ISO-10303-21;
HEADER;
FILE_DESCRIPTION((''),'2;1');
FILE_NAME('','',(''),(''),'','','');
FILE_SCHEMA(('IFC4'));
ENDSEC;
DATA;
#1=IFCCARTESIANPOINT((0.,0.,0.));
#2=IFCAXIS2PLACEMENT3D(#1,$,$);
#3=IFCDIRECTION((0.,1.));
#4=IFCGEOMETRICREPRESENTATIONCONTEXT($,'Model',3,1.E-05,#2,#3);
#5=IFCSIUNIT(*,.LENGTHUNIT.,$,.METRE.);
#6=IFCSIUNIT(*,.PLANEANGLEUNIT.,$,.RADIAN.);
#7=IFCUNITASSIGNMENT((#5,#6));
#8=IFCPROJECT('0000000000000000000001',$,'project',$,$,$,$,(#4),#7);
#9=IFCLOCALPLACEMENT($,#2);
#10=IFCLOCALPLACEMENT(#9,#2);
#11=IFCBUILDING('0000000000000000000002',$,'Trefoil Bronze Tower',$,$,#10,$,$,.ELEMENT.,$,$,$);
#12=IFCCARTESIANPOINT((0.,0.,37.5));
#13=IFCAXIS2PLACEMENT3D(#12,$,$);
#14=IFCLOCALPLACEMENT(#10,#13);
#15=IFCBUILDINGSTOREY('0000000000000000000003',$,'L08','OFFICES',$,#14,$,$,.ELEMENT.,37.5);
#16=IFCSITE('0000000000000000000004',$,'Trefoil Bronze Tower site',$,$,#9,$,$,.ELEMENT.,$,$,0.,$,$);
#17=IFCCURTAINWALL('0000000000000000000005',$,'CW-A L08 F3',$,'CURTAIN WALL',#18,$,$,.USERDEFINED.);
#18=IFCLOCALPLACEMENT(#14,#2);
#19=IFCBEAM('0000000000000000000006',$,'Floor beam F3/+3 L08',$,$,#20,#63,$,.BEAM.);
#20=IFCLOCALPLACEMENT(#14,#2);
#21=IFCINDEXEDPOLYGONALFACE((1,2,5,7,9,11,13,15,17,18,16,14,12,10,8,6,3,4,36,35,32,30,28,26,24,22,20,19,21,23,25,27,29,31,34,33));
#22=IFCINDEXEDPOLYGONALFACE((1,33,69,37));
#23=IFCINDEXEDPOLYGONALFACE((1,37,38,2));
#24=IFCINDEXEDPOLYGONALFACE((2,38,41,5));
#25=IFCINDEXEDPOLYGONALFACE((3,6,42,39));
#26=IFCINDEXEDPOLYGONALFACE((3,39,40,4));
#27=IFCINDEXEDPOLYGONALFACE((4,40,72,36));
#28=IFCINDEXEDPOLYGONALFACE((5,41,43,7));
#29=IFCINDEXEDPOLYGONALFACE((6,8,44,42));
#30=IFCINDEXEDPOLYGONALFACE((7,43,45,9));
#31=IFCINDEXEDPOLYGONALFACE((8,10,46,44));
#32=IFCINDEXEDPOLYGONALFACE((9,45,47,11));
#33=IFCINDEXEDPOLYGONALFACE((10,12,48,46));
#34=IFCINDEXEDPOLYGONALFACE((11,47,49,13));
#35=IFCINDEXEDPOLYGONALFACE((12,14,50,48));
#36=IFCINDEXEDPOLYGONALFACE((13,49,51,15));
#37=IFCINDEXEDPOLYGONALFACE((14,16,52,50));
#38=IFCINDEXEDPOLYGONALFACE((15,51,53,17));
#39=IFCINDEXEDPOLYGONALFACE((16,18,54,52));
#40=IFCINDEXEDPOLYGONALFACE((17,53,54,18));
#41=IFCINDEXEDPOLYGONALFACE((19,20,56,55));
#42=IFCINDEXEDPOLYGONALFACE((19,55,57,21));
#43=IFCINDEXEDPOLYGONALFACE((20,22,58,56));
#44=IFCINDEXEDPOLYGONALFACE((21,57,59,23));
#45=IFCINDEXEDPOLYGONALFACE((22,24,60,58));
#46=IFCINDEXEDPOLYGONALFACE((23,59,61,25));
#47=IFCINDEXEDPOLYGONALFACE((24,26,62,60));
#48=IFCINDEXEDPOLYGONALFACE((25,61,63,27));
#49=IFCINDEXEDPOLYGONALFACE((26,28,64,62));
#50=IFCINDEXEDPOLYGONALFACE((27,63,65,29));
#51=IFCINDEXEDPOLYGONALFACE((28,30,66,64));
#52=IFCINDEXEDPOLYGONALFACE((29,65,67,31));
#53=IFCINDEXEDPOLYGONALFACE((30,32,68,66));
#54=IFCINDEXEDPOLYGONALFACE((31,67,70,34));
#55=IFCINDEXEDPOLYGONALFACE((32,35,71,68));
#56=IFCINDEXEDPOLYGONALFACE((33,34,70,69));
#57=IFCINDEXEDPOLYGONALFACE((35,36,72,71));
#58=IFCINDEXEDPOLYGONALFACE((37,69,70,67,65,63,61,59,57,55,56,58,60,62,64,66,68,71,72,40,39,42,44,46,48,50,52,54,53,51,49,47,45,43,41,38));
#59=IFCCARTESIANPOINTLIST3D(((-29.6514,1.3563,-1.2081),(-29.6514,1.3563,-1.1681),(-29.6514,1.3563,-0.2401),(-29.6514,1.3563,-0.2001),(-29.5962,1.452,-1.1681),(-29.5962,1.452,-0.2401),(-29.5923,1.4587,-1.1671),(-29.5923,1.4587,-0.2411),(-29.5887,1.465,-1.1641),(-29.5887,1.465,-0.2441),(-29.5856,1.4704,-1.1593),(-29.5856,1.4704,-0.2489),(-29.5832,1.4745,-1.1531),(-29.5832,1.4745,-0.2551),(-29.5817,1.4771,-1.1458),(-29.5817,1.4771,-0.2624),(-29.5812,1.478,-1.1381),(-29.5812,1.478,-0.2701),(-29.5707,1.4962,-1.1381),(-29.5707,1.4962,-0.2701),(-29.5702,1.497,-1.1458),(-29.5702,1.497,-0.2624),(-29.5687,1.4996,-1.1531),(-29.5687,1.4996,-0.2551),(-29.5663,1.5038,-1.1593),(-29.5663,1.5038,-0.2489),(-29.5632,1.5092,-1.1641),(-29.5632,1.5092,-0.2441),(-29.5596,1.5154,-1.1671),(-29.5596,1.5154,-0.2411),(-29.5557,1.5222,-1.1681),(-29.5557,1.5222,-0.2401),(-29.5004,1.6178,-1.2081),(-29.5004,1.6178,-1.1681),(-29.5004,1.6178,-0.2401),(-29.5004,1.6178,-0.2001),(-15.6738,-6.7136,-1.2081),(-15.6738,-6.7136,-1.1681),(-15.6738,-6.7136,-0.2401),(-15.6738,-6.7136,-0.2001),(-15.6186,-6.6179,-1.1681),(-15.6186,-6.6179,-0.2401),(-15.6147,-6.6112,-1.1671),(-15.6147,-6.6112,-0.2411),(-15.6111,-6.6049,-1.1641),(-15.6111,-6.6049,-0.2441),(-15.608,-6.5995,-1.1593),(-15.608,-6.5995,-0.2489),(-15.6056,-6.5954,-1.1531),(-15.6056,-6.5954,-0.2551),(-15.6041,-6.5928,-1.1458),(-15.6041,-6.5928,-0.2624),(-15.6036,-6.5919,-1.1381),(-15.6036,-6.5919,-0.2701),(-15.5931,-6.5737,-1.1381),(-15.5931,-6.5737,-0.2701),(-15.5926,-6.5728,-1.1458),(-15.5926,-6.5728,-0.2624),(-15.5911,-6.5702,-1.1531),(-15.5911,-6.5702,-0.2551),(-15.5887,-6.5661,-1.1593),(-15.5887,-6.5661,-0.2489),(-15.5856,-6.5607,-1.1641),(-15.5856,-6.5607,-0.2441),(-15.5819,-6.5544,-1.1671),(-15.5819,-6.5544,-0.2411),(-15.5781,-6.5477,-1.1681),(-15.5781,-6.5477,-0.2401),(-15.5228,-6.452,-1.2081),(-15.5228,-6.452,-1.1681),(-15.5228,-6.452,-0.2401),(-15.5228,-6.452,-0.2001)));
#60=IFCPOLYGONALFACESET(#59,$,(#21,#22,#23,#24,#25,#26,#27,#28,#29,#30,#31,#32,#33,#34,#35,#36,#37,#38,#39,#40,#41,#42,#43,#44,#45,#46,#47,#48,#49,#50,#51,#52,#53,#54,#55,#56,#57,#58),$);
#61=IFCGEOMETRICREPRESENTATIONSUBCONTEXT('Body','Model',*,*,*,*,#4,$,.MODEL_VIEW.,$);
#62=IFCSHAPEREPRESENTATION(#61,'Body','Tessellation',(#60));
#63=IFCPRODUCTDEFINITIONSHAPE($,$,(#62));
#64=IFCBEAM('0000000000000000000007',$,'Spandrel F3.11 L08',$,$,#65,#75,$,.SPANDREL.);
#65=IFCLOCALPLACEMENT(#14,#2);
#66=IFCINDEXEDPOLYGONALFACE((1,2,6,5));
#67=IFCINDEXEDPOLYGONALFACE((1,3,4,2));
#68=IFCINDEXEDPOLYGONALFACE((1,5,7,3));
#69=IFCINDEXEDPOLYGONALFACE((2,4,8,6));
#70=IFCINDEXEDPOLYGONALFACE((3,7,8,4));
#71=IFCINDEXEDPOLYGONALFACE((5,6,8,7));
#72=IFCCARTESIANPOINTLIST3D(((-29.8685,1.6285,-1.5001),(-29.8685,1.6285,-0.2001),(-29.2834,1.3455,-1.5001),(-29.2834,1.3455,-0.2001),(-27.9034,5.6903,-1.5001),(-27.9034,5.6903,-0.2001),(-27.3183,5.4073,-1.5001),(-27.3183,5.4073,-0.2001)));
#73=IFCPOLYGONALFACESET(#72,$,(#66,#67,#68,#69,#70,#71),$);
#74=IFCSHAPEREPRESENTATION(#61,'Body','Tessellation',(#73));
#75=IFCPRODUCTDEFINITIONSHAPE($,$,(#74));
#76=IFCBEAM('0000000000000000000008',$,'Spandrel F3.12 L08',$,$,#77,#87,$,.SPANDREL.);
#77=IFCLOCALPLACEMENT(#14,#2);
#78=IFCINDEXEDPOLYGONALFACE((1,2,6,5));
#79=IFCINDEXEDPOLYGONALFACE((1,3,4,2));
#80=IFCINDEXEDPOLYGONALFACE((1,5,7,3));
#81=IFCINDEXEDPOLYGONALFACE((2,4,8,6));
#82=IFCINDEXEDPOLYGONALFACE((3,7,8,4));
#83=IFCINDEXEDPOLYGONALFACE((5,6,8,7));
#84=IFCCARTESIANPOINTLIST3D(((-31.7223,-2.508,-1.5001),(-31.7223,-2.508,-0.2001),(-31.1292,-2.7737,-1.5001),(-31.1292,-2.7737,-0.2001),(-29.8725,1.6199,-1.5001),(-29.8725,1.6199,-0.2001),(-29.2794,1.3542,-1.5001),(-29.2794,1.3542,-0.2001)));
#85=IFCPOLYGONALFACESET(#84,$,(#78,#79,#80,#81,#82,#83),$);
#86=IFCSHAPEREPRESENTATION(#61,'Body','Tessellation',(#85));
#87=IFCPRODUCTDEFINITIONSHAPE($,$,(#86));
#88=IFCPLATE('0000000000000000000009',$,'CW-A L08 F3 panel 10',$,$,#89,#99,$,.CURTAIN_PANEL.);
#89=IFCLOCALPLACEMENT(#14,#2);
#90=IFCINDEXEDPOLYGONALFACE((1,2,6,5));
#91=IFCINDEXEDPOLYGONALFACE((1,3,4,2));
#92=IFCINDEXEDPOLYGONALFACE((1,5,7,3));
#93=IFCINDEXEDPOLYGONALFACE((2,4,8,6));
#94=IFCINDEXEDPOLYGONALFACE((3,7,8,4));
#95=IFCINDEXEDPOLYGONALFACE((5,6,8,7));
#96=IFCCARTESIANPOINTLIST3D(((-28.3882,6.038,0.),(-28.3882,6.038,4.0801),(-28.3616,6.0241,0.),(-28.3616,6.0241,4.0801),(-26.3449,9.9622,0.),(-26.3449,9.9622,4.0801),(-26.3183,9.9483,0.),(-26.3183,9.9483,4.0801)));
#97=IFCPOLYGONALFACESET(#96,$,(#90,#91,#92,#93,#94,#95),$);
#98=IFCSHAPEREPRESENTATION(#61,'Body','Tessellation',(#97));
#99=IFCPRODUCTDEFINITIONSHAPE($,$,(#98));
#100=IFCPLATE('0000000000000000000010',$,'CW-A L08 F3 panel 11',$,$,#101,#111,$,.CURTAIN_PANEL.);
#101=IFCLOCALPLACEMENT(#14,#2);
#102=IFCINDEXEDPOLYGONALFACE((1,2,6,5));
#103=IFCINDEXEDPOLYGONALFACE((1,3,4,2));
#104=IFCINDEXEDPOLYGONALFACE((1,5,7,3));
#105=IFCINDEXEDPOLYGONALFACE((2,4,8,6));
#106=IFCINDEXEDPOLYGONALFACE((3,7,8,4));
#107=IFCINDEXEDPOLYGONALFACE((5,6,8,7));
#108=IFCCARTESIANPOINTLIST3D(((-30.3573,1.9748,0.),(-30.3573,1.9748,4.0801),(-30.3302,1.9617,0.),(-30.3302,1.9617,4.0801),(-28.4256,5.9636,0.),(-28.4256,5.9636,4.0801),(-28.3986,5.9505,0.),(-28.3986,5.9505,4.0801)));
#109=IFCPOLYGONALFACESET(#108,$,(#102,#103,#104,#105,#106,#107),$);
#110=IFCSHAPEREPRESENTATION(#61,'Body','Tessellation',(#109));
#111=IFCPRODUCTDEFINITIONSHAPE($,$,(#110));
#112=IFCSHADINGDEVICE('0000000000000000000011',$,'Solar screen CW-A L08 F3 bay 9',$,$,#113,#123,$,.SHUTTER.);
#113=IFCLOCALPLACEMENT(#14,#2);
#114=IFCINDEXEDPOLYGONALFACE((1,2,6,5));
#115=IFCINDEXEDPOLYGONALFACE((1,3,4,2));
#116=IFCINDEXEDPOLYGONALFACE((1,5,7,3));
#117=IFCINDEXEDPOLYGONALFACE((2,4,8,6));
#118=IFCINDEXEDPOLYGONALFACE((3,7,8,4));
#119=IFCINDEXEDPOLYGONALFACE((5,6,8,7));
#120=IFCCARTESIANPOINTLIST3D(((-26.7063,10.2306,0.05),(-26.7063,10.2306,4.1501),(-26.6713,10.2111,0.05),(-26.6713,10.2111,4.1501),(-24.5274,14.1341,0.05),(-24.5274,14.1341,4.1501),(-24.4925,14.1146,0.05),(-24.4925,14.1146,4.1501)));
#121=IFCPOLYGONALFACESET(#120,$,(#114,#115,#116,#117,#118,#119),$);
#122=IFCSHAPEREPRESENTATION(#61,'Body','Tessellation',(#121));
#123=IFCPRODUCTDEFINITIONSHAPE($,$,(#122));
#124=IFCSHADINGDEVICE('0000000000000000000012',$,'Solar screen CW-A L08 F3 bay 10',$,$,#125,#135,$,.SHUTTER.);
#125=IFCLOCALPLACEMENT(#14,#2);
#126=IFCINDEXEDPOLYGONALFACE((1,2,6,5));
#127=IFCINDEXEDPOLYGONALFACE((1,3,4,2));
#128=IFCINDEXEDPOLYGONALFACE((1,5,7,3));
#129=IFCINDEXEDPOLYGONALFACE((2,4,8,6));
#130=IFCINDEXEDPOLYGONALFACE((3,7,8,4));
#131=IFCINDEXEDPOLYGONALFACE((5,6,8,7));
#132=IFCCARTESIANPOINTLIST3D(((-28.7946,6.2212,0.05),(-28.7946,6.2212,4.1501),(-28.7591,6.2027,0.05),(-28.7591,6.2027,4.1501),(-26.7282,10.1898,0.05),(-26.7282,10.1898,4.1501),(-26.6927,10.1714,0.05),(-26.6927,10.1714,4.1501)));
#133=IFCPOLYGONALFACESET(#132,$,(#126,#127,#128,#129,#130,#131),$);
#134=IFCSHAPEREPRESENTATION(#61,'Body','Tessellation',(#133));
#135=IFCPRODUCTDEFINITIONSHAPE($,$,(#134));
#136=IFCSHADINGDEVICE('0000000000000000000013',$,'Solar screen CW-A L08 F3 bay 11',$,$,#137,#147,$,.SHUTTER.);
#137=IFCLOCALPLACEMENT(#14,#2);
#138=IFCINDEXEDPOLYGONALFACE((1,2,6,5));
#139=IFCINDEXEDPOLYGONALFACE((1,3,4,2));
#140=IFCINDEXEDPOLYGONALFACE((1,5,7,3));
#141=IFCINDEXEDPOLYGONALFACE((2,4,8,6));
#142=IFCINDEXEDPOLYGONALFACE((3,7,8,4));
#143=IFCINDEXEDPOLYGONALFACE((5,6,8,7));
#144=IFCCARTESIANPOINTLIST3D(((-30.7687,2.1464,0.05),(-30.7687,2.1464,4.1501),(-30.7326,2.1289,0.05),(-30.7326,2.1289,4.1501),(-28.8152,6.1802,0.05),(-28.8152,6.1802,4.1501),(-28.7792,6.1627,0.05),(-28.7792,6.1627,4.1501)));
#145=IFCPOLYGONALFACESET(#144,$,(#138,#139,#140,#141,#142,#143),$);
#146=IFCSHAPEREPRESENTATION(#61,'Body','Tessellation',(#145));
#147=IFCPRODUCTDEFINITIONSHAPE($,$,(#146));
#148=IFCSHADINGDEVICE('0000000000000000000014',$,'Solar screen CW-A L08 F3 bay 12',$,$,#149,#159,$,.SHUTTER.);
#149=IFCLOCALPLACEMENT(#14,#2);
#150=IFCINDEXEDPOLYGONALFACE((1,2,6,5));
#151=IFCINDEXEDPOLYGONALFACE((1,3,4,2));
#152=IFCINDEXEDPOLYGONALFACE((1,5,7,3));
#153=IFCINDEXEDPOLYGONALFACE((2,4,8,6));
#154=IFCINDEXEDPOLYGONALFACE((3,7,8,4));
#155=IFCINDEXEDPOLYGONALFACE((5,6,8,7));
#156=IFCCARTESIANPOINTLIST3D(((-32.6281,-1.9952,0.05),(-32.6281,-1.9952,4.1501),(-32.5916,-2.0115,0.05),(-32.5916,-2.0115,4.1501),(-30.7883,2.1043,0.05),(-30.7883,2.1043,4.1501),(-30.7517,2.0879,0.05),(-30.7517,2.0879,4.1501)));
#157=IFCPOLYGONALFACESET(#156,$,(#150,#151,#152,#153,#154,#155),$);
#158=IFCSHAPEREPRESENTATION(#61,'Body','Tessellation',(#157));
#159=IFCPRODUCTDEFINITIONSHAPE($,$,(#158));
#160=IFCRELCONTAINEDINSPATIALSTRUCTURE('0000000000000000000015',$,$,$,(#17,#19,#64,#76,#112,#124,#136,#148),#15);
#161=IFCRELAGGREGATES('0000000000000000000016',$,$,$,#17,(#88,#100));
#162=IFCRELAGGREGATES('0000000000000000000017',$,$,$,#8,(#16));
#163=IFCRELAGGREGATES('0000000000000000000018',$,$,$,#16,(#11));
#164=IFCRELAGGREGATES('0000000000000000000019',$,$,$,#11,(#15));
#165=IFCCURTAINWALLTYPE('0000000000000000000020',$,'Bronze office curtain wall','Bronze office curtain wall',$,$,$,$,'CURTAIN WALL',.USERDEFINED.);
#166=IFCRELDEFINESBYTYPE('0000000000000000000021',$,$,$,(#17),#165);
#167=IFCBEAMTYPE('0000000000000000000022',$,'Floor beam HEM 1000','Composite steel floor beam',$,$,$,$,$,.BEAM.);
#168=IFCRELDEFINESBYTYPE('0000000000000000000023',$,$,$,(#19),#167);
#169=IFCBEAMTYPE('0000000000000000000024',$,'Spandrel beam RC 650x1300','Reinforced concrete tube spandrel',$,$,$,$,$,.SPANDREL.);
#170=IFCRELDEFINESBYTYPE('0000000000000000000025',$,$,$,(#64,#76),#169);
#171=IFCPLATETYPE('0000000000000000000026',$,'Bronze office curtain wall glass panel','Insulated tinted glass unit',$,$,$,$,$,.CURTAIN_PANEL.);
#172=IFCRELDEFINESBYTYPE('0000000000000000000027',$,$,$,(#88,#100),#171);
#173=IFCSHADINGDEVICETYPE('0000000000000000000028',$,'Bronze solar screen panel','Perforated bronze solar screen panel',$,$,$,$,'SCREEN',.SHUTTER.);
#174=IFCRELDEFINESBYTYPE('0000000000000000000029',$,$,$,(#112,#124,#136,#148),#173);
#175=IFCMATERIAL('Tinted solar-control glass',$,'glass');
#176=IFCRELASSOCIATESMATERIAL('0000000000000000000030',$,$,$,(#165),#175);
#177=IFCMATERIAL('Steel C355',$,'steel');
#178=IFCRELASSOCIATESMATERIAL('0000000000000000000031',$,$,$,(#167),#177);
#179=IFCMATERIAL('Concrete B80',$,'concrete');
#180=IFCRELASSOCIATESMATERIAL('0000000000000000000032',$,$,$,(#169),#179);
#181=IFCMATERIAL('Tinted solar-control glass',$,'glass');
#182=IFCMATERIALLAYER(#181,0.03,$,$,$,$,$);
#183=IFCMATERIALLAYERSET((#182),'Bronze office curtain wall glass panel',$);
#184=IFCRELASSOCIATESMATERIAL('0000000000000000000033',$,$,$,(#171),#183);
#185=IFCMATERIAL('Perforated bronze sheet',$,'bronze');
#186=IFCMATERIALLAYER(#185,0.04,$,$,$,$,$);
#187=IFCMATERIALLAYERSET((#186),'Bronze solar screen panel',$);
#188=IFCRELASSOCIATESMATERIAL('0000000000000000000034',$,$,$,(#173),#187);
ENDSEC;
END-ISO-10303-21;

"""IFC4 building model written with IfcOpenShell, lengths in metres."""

from ifc_helpers import new_model, si_unit, direction, frame, origin, origin_2d, place, context, subcontext, project, spatial, rectangle, i_section, extrude, material, layer, layer_set, material_profile, profile_set, type_object, element, aggregate, save


model = new_model("IFC4")

# Units and contexts
model_context = context("Model", 3, precision=1e-05, world=origin(), true_north=direction((0.0, 1.0)))
body_context = subcontext(model_context, "Body", "Model", "MODEL_VIEW")
ifc_project = project(units=[si_unit("LENGTHUNIT", "METRE"), si_unit("PLANEANGLEUNIT", "RADIAN")], contexts=[model_context])

# Site, building, storey
site_placement = place(None, origin())
site = spatial("IfcSite", under=ifc_project, at=site_placement, Name="Trefoil Bronze Tower site", CompositionType="ELEMENT", RefElevation=0.0)
building_placement = place(site_placement, origin())
building = spatial("IfcBuilding", under=site, at=building_placement, Name="Trefoil Bronze Tower", CompositionType="ELEMENT")
storey_placement = place(building_placement, frame((0.0, 0.0, 37.5)))
storey = spatial("IfcBuildingStorey", under=building, at=storey_placement, Name="L08", Description="OFFICES", CompositionType="ELEMENT", Elevation=37.5)

# Curtain wall
ifc_material_1 = material(Name="Tinted solar-control glass", Category="glass")
curtain_wall_type = type_object("IfcCurtainWallType", Name="Bronze office curtain wall", Description="Bronze office curtain wall", ElementType="CURTAIN WALL", PredefinedType="USERDEFINED", material=ifc_material_1)
curtain_wall_placement = place(storey_placement, origin())
curtain_wall = element("IfcCurtainWall", 1, at=curtain_wall_placement, inside=storey, type_object=curtain_wall_type, Name="CW-A L08 F3", ObjectType="CURTAIN WALL", PredefinedType="USERDEFINED")

# Beams
ifc_material_2 = material(Name="Steel C355", Category="steel")
ifc_material_profile_1 = material_profile(ifc_material_2, i_section(OverallWidth=0.302, OverallDepth=1.0081, WebThickness=0.021, FlangeThickness=0.04, FilletRadius=0.03, at=origin_2d()), Name="HEM 1000")
ifc_profile_set_1 = profile_set([ifc_material_profile_1], Name="Steel C355")
beam_type_1 = type_object("IfcBeamType", Name="Floor beam HEM 1000", Description="Composite steel floor beam", PredefinedType="BEAM", material=ifc_profile_set_1)
beam_1_placement = place(storey_placement, frame((-29.5759, 1.4871, -0.7041), z_axis=(0.866028, -0.499995, 0.0), x_axis=(0.499995, 0.866028, 0.0)))
element("IfcBeam", 2, at=beam_1_placement, inside=storey, type_object=beam_type_1, Name="Floor beam F3/+3 L08", PredefinedType="BEAM", context=body_context, shape_type="SweptSolid", body=[
    extrude(i_section(OverallWidth=0.302, OverallDepth=1.0081, WebThickness=0.021, FlangeThickness=0.04, FilletRadius=0.03, at=origin_2d()), origin(), (0.0, 0.0, 1.0), 16.1399),
])
ifc_material_3 = material(Name="Concrete B80", Category="concrete")
ifc_material_profile_2 = material_profile(ifc_material_3, rectangle(XDim=0.6499, YDim=1.3, at=origin_2d()), Name="RC 650x1300")
ifc_profile_set_2 = profile_set([ifc_material_profile_2], Name="Concrete B80")
beam_type_2 = type_object("IfcBeamType", Name="Spandrel beam RC 650x1300", Description="Reinforced concrete tube spandrel", PredefinedType="SPANDREL", material=ifc_profile_set_2)
beam_2_placement = place(storey_placement, frame((-27.6108, 5.5488, -0.8501), z_axis=(-0.43551, -0.900184, 0.0), x_axis=(0.900184, -0.43551, 0.0)))
element("IfcBeam", 3, at=beam_2_placement, inside=storey, type_object=beam_type_2, Name="Spandrel F3.11 L08", PredefinedType="SPANDREL", context=body_context, shape_type="SweptSolid", body=[
    extrude(rectangle(XDim=0.6499, YDim=1.3, at=origin_2d()), origin(), (0.0, 0.0, 1.0), 4.5122),
])
beam_3_placement = place(storey_placement, frame((-29.5759, 1.4871, -0.8501), z_axis=(-0.408946, -0.912559, 0.0), x_axis=(0.912559, -0.408946, 0.0)))
element("IfcBeam", 4, at=beam_3_placement, inside=storey, type_object=beam_type_2, Name="Spandrel F3.12 L08", PredefinedType="SPANDREL", context=body_context, shape_type="SweptSolid", body=[
    extrude(rectangle(XDim=0.6499, YDim=1.3, at=origin_2d()), origin(), (0.0, 0.0, 1.0), 4.5234),
])

# Plates
ifc_material_4 = material(Name="Tinted solar-control glass", Category="glass")
ifc_layer_1 = layer(ifc_material_4, 0.03)
ifc_layer_set_1 = layer_set([ifc_layer_1], Name="Bronze office curtain wall glass panel")
plate_type = type_object("IfcPlateType", Name="Bronze office curtain wall glass panel", Description="Insulated tinted glass unit", PredefinedType="CURTAIN_PANEL", material=ifc_layer_set_1)
plate_1_placement = place(storey_placement, frame((-27.3533, 7.9932, 0.0), z_axis=(0.0, 0.0, 1.0), x_axis=(-0.46183, -0.886969, 0.0)))
plate_1 = element("IfcPlate", 5, at=plate_1_placement, type_object=plate_type, Name="CW-A L08 F3 panel 10", PredefinedType="CURTAIN_PANEL", context=body_context, shape_type="SweptSolid", body=[
    extrude(rectangle(XDim=4.4243, YDim=0.03, at=origin_2d()), origin(), (0.0, 0.0, 1.0), 4.0801),
])
plate_2_placement = place(storey_placement, frame((-29.3779, 3.9626, 0.0), z_axis=(0.0, 0.0, 1.0), x_axis=(-0.435855, -0.900017, 0.0)))
plate_2 = element("IfcPlate", 6, at=plate_2_placement, type_object=plate_type, Name="CW-A L08 F3 panel 11", PredefinedType="CURTAIN_PANEL", context=body_context, shape_type="SweptSolid", body=[
    extrude(rectangle(XDim=4.4319, YDim=0.03, at=origin_2d()), origin(), (0.0, 0.0, 1.0), 4.0801),
])
aggregate(curtain_wall, [plate_1, plate_2])

# Shading devices
ifc_material_5 = material(Name="Perforated bronze sheet", Category="bronze")
ifc_layer_2 = layer(ifc_material_5, 0.04)
ifc_layer_set_2 = layer_set([ifc_layer_2], Name="Bronze solar screen panel")
shading_device_type = type_object("IfcShadingDeviceType", Name="Bronze solar screen panel", Description="Perforated bronze solar screen panel", ElementType="SCREEN", PredefinedType="SHUTTER", material=ifc_layer_set_2)
shading_device_1_placement = place(storey_placement, frame((-25.5994, 12.1726, 0.05), z_axis=(0.0, 0.0, 1.0), x_axis=(-0.487382, -0.873189, 0.0)))
element("IfcShadingDevice", 7, at=shading_device_1_placement, inside=storey, type_object=shading_device_type, Name="Solar screen CW-A L08 F3 bay 9", PredefinedType="SHUTTER", context=body_context, shape_type="SweptSolid", body=[
    extrude(rectangle(XDim=4.4705, YDim=0.04, at=origin_2d()), origin(), (0.0, 0.0, 1.0), 4.1001),
])
shading_device_2_placement = place(storey_placement, frame((-27.7437, 8.1963, 0.05), z_axis=(0.0, 0.0, 1.0), x_axis=(-0.46183, -0.886969, 0.0)))
element("IfcShadingDevice", 8, at=shading_device_2_placement, inside=storey, type_object=shading_device_type, Name="Solar screen CW-A L08 F3 bay 10", PredefinedType="SHUTTER", context=body_context, shape_type="SweptSolid", body=[
    extrude(rectangle(XDim=4.4744, YDim=0.04, at=origin_2d()), origin(), (0.0, 0.0, 1.0), 4.1001),
])
shading_device_3_placement = place(storey_placement, frame((-29.7739, 4.1545, 0.05), z_axis=(0.0, 0.0, 1.0), x_axis=(-0.435855, -0.900017, 0.0)))
element("IfcShadingDevice", 9, at=shading_device_3_placement, inside=storey, type_object=shading_device_type, Name="Solar screen CW-A L08 F3 bay 11", PredefinedType="SHUTTER", context=body_context, shape_type="SweptSolid", body=[
    extrude(rectangle(XDim=4.4819, YDim=0.04, at=origin_2d()), origin(), (0.0, 0.0, 1.0), 4.1001),
])
shading_device_4_placement = place(storey_placement, frame((-31.6899, 0.0464, 0.05), z_axis=(0.0, 0.0, 1.0), x_axis=(-0.409456, -0.91233, 0.0)))
element("IfcShadingDevice", 10, at=shading_device_4_placement, inside=storey, type_object=shading_device_type, Name="Solar screen CW-A L08 F3 bay 12", PredefinedType="SHUTTER", context=body_context, shape_type="SweptSolid", body=[
    extrude(rectangle(XDim=4.4934, YDim=0.04, at=origin_2d()), origin(), (0.0, 0.0, 1.0), 4.1001),
])

save(model, "model.ifc")
